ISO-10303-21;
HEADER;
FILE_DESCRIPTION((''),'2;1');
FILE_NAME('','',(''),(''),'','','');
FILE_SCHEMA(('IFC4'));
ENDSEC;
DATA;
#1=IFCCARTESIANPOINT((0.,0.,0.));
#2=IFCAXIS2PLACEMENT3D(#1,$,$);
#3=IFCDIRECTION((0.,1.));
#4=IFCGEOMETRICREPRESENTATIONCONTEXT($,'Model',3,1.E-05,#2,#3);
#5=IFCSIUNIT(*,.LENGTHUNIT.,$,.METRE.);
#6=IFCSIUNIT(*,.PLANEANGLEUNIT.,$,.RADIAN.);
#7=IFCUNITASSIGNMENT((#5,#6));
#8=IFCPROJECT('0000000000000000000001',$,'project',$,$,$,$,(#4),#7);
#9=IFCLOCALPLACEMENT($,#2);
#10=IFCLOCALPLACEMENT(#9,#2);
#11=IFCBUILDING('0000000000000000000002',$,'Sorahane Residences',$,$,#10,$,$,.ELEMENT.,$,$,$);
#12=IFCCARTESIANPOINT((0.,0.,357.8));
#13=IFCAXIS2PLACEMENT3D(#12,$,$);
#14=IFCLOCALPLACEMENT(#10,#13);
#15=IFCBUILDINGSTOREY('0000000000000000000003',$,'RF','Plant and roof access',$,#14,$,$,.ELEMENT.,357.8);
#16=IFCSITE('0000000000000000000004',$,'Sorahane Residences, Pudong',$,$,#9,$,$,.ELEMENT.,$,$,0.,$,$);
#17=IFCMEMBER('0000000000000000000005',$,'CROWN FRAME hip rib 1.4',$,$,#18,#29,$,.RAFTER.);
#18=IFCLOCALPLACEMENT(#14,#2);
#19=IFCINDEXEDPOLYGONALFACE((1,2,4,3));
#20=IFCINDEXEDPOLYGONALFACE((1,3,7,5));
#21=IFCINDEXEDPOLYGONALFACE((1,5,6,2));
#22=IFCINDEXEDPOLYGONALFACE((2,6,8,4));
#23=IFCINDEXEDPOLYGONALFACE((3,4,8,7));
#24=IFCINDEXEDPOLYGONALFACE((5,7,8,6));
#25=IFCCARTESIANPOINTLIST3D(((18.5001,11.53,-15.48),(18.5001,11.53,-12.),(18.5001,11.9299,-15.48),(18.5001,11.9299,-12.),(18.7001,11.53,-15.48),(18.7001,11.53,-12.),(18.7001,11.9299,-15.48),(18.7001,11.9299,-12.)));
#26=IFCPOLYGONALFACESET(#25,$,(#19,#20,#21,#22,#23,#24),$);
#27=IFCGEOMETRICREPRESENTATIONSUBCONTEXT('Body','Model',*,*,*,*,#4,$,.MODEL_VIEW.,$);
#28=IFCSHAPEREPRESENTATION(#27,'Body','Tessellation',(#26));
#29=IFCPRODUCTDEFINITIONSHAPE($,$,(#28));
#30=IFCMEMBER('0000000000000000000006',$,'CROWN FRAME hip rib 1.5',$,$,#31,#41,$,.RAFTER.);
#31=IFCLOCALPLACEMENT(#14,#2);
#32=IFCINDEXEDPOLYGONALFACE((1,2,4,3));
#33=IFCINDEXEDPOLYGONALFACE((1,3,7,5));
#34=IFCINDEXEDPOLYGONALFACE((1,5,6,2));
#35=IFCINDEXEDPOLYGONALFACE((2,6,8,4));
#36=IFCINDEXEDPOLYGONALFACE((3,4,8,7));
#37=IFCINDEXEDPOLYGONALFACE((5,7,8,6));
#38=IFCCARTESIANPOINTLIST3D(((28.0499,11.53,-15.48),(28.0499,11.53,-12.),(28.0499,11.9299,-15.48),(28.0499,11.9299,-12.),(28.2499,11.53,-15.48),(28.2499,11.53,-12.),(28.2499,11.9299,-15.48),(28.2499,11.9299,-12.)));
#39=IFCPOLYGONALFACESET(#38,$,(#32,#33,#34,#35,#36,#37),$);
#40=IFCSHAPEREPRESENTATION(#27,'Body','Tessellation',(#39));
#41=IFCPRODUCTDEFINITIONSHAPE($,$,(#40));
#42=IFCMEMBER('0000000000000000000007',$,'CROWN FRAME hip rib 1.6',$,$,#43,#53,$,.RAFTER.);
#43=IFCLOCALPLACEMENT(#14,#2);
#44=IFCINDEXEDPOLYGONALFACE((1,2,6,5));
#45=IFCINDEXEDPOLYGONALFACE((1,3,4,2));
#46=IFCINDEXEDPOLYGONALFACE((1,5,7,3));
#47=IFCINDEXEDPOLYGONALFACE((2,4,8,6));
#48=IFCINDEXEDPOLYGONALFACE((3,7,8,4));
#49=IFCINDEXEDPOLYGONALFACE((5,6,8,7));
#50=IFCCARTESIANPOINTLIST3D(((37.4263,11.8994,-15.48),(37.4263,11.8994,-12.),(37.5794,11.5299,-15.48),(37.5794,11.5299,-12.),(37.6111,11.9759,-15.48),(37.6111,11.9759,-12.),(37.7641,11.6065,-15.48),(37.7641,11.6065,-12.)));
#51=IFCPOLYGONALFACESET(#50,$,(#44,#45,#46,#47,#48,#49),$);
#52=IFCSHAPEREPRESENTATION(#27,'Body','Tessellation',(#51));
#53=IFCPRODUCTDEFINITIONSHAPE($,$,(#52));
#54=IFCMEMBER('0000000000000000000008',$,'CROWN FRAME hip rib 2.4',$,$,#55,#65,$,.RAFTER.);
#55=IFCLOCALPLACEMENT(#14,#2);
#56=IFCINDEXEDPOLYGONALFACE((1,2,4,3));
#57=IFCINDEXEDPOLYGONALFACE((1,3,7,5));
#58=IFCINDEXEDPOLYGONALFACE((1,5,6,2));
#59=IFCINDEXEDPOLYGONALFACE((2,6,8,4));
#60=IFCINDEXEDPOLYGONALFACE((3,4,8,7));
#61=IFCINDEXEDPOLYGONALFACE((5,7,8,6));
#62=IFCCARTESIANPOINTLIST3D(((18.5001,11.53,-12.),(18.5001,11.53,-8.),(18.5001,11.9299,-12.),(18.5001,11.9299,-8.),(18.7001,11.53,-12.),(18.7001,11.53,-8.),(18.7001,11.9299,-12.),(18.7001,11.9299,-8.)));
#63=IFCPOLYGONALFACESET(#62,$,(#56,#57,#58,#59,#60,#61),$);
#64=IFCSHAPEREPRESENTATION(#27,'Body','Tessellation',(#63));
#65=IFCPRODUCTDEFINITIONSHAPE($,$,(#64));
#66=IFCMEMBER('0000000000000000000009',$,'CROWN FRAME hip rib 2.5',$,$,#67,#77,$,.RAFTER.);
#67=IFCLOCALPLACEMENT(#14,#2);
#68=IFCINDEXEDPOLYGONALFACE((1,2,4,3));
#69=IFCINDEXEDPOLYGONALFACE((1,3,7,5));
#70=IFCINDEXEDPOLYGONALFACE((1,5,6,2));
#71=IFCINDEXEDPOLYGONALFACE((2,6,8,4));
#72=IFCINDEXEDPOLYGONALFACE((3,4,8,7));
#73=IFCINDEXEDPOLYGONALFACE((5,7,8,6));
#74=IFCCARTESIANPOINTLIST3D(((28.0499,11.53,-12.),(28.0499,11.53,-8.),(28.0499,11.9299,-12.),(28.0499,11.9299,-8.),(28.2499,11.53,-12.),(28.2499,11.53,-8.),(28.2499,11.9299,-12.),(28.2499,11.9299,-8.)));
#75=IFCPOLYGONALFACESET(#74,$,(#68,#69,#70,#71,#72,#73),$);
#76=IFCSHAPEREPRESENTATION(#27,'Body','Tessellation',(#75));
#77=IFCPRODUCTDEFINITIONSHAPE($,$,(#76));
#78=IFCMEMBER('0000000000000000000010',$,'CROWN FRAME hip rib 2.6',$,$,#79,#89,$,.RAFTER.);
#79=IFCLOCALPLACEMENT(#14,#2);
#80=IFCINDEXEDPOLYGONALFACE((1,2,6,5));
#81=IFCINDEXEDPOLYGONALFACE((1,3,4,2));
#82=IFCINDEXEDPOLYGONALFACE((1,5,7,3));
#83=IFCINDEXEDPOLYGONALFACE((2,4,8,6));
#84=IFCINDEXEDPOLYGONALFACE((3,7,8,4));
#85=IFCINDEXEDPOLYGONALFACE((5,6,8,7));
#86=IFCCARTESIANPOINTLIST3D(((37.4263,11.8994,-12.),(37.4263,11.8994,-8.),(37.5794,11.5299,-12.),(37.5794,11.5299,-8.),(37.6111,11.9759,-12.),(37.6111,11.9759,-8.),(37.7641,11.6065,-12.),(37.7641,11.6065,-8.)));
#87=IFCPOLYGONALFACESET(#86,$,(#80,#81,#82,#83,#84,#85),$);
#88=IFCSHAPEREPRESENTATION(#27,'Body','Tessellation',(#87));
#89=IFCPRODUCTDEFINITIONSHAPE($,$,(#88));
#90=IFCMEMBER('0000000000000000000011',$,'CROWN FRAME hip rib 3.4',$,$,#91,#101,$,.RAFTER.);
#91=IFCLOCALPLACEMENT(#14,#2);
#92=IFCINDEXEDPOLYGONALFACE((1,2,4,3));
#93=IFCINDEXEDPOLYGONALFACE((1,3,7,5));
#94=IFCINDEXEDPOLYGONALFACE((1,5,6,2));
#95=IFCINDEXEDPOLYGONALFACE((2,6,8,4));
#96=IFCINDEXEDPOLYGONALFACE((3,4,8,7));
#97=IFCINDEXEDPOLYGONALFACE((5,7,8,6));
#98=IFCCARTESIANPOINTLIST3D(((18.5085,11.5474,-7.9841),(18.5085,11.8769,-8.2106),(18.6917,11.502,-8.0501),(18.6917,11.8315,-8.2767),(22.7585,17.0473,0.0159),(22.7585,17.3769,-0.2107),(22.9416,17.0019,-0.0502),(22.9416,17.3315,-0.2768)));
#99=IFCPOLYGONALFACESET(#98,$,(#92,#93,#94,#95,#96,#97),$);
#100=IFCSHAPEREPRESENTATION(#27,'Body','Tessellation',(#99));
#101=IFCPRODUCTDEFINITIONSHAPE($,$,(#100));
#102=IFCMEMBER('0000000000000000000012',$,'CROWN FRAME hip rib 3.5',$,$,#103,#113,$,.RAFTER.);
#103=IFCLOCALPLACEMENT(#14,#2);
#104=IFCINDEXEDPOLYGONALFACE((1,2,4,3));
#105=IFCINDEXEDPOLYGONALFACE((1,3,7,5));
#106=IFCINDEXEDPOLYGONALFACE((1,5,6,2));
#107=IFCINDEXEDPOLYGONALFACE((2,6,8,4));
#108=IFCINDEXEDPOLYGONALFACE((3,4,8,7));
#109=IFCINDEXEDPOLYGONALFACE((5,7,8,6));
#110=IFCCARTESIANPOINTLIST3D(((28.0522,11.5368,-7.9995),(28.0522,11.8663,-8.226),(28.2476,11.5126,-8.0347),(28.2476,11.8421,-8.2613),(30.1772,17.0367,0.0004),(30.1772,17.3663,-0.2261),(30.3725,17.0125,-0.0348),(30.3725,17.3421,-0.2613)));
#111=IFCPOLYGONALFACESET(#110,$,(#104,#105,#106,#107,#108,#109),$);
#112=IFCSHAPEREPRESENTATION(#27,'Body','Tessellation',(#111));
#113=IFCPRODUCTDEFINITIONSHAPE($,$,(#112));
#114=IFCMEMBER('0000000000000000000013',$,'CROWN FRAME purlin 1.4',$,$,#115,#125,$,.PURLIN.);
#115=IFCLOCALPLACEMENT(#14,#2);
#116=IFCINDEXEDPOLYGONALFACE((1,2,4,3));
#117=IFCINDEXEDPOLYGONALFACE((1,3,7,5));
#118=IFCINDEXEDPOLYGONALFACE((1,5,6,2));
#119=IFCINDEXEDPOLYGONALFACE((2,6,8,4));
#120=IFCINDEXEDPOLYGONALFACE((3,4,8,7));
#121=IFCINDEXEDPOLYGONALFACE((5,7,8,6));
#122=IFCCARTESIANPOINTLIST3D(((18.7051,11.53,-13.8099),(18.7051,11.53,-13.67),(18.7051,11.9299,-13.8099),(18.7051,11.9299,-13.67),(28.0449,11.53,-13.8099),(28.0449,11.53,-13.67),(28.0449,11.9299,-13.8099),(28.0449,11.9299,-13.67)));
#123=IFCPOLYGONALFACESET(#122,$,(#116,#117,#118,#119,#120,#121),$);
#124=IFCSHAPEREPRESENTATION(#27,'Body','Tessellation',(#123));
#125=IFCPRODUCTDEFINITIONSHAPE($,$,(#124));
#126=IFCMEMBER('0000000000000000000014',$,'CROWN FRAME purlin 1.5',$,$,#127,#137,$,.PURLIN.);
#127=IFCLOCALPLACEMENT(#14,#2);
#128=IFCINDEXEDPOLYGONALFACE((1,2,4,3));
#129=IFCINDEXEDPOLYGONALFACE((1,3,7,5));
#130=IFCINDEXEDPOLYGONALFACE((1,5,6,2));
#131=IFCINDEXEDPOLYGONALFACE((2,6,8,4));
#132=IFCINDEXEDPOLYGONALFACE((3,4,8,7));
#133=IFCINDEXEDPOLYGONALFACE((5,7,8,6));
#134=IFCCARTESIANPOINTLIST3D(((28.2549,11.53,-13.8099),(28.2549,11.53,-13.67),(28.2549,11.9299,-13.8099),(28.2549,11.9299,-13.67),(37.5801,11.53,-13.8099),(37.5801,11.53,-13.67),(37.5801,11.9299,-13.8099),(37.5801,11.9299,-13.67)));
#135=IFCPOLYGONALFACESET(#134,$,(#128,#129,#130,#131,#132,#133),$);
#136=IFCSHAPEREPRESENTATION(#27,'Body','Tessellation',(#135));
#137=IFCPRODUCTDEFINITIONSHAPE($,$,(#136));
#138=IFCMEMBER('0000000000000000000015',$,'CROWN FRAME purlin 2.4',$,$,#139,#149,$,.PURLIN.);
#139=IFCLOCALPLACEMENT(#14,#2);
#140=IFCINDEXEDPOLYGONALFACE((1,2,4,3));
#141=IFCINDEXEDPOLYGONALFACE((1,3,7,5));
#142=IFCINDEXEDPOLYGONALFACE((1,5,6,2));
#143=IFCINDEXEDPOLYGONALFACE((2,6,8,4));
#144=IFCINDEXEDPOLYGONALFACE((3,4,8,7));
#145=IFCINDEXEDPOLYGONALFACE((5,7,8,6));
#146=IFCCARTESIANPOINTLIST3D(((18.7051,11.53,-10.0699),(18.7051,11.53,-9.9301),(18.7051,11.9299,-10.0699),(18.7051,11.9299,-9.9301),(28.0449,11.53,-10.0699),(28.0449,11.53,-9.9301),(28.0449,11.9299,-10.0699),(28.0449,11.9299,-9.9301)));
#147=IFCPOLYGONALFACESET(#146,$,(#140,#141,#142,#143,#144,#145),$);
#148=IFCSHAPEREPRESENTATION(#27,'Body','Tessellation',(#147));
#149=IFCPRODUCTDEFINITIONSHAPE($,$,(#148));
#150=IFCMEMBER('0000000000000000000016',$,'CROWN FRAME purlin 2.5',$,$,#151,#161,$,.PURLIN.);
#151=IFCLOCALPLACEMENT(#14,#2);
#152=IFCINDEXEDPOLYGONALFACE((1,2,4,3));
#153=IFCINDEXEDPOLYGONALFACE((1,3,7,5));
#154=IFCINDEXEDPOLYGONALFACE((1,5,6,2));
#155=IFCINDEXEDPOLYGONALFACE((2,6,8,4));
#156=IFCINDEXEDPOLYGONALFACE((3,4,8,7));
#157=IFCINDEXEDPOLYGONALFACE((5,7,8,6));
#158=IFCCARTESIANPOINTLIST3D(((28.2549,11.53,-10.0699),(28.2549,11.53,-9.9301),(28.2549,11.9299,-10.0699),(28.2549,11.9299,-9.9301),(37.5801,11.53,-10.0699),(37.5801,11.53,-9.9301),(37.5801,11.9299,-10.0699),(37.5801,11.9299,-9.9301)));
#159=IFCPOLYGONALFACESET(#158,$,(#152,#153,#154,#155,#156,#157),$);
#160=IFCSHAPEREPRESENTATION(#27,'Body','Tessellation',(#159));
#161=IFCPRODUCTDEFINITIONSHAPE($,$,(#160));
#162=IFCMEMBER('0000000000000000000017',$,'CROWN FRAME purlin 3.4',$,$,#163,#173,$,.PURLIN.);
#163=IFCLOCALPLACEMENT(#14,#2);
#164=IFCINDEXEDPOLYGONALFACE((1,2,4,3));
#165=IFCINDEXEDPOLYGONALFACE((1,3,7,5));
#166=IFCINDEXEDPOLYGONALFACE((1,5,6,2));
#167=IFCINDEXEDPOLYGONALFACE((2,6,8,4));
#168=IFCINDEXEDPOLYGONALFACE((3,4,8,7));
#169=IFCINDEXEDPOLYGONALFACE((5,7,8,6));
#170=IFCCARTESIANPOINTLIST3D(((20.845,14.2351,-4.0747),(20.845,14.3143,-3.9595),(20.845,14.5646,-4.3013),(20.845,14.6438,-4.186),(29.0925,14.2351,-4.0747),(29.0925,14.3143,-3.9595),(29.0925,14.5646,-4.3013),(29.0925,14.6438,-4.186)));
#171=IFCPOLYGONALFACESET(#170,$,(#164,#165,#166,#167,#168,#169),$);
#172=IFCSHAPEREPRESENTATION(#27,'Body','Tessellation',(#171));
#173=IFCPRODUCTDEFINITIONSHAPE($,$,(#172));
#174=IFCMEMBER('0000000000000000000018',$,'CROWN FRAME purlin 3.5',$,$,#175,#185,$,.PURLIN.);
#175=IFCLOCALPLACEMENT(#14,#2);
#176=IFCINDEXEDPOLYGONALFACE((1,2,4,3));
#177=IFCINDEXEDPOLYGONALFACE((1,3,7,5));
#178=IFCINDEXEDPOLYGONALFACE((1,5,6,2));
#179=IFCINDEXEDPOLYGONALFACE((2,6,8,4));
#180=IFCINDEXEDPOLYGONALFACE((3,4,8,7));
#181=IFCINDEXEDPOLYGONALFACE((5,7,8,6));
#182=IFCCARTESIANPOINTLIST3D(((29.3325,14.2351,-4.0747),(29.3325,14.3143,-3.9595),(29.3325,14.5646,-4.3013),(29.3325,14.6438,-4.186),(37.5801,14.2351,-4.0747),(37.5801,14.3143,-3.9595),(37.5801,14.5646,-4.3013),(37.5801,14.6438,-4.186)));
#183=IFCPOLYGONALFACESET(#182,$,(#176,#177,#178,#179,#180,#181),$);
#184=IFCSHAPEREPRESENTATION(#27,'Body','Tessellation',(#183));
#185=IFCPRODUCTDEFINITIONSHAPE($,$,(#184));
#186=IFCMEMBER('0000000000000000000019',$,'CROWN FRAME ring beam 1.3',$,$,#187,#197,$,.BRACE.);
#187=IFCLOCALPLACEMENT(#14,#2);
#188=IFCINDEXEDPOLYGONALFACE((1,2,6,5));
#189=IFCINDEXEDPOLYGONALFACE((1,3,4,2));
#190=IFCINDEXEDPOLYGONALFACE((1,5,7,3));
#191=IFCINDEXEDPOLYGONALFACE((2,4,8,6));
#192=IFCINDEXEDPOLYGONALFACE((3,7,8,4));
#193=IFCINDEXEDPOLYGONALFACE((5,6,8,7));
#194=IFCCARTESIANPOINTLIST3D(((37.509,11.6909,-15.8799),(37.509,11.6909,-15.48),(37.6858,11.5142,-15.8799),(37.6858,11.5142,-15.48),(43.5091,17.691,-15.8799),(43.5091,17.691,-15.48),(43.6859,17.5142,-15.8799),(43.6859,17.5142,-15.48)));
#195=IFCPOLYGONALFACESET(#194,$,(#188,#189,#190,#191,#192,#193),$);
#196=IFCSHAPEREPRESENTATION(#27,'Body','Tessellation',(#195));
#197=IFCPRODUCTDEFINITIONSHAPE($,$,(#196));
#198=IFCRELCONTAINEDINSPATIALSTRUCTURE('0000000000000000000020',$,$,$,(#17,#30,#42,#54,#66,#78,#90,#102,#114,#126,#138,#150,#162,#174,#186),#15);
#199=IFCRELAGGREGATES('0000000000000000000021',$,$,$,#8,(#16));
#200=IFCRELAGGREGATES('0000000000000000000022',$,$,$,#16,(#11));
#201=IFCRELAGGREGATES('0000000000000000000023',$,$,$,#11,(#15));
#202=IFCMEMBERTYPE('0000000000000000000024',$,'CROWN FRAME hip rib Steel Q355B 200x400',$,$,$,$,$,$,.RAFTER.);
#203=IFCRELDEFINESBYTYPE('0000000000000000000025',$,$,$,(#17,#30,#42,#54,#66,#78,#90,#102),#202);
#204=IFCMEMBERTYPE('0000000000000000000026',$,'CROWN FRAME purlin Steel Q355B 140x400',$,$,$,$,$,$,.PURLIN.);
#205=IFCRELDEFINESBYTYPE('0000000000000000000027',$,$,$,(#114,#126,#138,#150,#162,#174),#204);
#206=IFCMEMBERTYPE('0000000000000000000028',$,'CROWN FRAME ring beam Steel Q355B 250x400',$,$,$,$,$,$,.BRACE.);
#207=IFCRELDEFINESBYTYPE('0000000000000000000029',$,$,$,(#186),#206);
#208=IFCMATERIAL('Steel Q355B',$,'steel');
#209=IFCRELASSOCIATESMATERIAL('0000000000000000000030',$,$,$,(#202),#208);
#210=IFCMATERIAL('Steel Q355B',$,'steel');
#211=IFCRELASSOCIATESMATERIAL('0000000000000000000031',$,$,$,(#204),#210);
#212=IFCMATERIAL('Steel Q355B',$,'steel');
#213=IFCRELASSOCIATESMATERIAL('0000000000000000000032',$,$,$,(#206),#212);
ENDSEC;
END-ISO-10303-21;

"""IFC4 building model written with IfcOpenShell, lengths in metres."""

from ifc_helpers import new_model, si_unit, direction, frame, origin, origin_2d, place, context, subcontext, project, spatial, rectangle, extrude, material, material_profile, profile_set, type_object, element, save


model = new_model("IFC4")

# Units and contexts
model_context = context("Model", 3, precision=1e-05, world=origin(), true_north=direction((0.0, 1.0)))
body_context = subcontext(model_context, "Body", "Model", "MODEL_VIEW")
ifc_project = project(units=[si_unit("LENGTHUNIT", "METRE"), si_unit("PLANEANGLEUNIT", "RADIAN")], contexts=[model_context])

# Site, building, storey
site_placement = place(None, origin())
site = spatial("IfcSite", under=ifc_project, at=site_placement, Name="Sorahane Residences, Pudong", CompositionType="ELEMENT", RefElevation=0.0)
building_placement = place(site_placement, origin())
building = spatial("IfcBuilding", under=site, at=building_placement, Name="Sorahane Residences", CompositionType="ELEMENT")
storey_placement = place(building_placement, frame((0.0, 0.0, 357.8)))
storey = spatial("IfcBuildingStorey", under=building, at=storey_placement, Name="RF", Description="Plant and roof access", CompositionType="ELEMENT", Elevation=357.8)

# Members
ifc_material_1 = material(Name="Steel Q355B", Category="steel")
ifc_material_profile_1 = material_profile(ifc_material_1, rectangle(XDim=0.2, YDim=0.3999, at=origin_2d()), Name="CROWN FRAME hip rib Steel Q355B 200x400")
ifc_profile_set_1 = profile_set([ifc_material_profile_1], Name="Steel Q355B")
member_type_1 = type_object("IfcMemberType", Name="CROWN FRAME hip rib Steel Q355B 200x400", PredefinedType="RAFTER", material=ifc_profile_set_1)
for number, where, z_axis, x_axis, name in (
    (1, (18.6001, 11.73, -15.48), (0.0, 0.0, 1.0), (-1.0, 0.0, 0.0), "CROWN FRAME hip rib 1.4"),
    (2, (28.1499, 11.73, -15.48), (0.0, 0.0, 1.0), (-1.0, 0.0, 0.0), "CROWN FRAME hip rib 1.5"),
    (3, (37.5952, 11.7529, -15.48), (0.0, 0.0, 1.0), (-0.92388, -0.382683, 0.0), "CROWN FRAME hip rib 1.6"),
):
    element("IfcMember", number, at=place(storey_placement, frame(where, z_axis=z_axis, x_axis=x_axis)), inside=storey, type_object=member_type_1, Name=name, PredefinedType="RAFTER", context=body_context, shape_type="SweptSolid", body=[
        extrude(rectangle(XDim=0.2, YDim=0.3999, at=origin_2d()), origin(), (0.0, 0.0, 1.0), 3.48),
    ])
for number, where, z_axis, x_axis, name in (
    (4, (18.6001, 11.73, -12.0), (0.0, 0.0, 1.0), (-1.0, 0.0, 0.0), "CROWN FRAME hip rib 2.4"),
    (5, (28.1499, 11.73, -12.0), (0.0, 0.0, 1.0), (-1.0, 0.0, 0.0), "CROWN FRAME hip rib 2.5"),
    (6, (37.5952, 11.7529, -12.0), (0.0, 0.0, 1.0), (-0.92388, -0.382683, 0.0), "CROWN FRAME hip rib 2.6"),
):
    element("IfcMember", number, at=place(storey_placement, frame(where, z_axis=z_axis, x_axis=x_axis)), inside=storey, type_object=member_type_1, Name=name, PredefinedType="RAFTER", context=body_context, shape_type="SweptSolid", body=[
        extrude(rectangle(XDim=0.2, YDim=0.3999, at=origin_2d()), origin(), (0.0, 0.0, 1.0), 4.0),
    ])
member_1_placement = place(storey_placement, frame((18.6001, 11.6895, -8.1304), z_axis=(0.401028, 0.518978, 0.754877), x_axis=(-0.916066, 0.227194, 0.330464)))
element("IfcMember", 7, at=member_1_placement, inside=storey, type_object=member_type_1, Name="CROWN FRAME hip rib 3.4", PredefinedType="RAFTER", context=body_context, shape_type="SweptSolid", body=[
    extrude(rectangle(XDim=0.2, YDim=0.3999, at=origin_2d()), origin(), (0.0, 0.0, 1.0), 10.5977),
])
member_2_placement = place(storey_placement, frame((28.1499, 11.6895, -8.1304), z_axis=(0.213824, 0.553426, 0.804984), x_axis=(-0.976872, 0.121137, 0.1762)))
element("IfcMember", 8, at=member_2_placement, inside=storey, type_object=member_type_1, Name="CROWN FRAME hip rib 3.5", PredefinedType="RAFTER", context=body_context, shape_type="SweptSolid", body=[
    extrude(rectangle(XDim=0.2, YDim=0.3999, at=origin_2d()), origin(), (0.0, 0.0, 1.0), 9.938),
])
ifc_material_2 = material(Name="Steel Q355B", Category="steel")
ifc_material_profile_2 = material_profile(ifc_material_2, rectangle(XDim=0.1399, YDim=0.3999, at=origin_2d()), Name="CROWN FRAME purlin Steel Q355B 140x400")
ifc_profile_set_2 = profile_set([ifc_material_profile_2], Name="Steel Q355B")
member_type_2 = type_object("IfcMemberType", Name="CROWN FRAME purlin Steel Q355B 140x400", PredefinedType="PURLIN", material=ifc_profile_set_2)
member_3_placement = place(storey_placement, frame((18.7051, 11.73, -13.74), z_axis=(1.0, 0.0, 0.0), x_axis=(0.0, 0.0, 1.0)))
element("IfcMember", 9, at=member_3_placement, inside=storey, type_object=member_type_2, Name="CROWN FRAME purlin 1.4", PredefinedType="PURLIN", context=body_context, shape_type="SweptSolid", body=[
    extrude(rectangle(XDim=0.1399, YDim=0.3999, at=origin_2d()), origin(), (0.0, 0.0, 1.0), 9.3398),
])
member_4_placement = place(storey_placement, frame((28.2549, 11.73, -13.74), z_axis=(1.0, 0.0, 0.0), x_axis=(0.0, 0.0, 1.0)))
element("IfcMember", 10, at=member_4_placement, inside=storey, type_object=member_type_2, Name="CROWN FRAME purlin 1.5", PredefinedType="PURLIN", context=body_context, shape_type="SweptSolid", body=[
    extrude(rectangle(XDim=0.1399, YDim=0.3999, at=origin_2d()), origin(), (0.0, 0.0, 1.0), 9.3252),
])
member_5_placement = place(storey_placement, frame((18.7051, 11.73, -10.0), z_axis=(1.0, 0.0, 0.0), x_axis=(0.0, 0.0, 1.0)))
element("IfcMember", 11, at=member_5_placement, inside=storey, type_object=member_type_2, Name="CROWN FRAME purlin 2.4", PredefinedType="PURLIN", context=body_context, shape_type="SweptSolid", body=[
    extrude(rectangle(XDim=0.1399, YDim=0.3999, at=origin_2d()), origin(), (0.0, 0.0, 1.0), 9.3398),
])
member_6_placement = place(storey_placement, frame((28.2549, 11.73, -10.0), z_axis=(1.0, 0.0, 0.0), x_axis=(0.0, 0.0, 1.0)))
element("IfcMember", 12, at=member_6_placement, inside=storey, type_object=member_type_2, Name="CROWN FRAME purlin 2.5", PredefinedType="PURLIN", context=body_context, shape_type="SweptSolid", body=[
    extrude(rectangle(XDim=0.1399, YDim=0.3999, at=origin_2d()), origin(), (0.0, 0.0, 1.0), 9.3252),
])
for number, where, z_axis, x_axis, name in (
    (13, (20.845, 14.4395, -4.1304), (1.0, 0.0, 0.0), (0.0, 0.566528, 0.824042), "CROWN FRAME purlin 3.4"),
    (14, (29.3325, 14.4395, -4.1304), (1.0, 0.0, 0.0), (0.0, 0.566528, 0.824042), "CROWN FRAME purlin 3.5"),
):
    element("IfcMember", number, at=place(storey_placement, frame(where, z_axis=z_axis, x_axis=x_axis)), inside=storey, type_object=member_type_2, Name=name, PredefinedType="PURLIN", context=body_context, shape_type="SweptSolid", body=[
        extrude(rectangle(XDim=0.1399, YDim=0.3999, at=origin_2d()), origin(), (0.0, 0.0, 1.0), 8.2476),
    ])
ifc_material_3 = material(Name="Steel Q355B", Category="steel")
ifc_material_profile_3 = material_profile(ifc_material_3, rectangle(XDim=0.25, YDim=0.3999, at=origin_2d()), Name="CROWN FRAME ring beam Steel Q355B 250x400")
ifc_profile_set_3 = profile_set([ifc_material_profile_3], Name="Steel Q355B")
member_type_3 = type_object("IfcMemberType", Name="CROWN FRAME ring beam Steel Q355B 250x400", PredefinedType="BRACE", material=ifc_profile_set_3)
member_7_placement = place(storey_placement, frame((37.5974, 11.6025, -15.6799), z_axis=(0.707107, 0.707107, 0.0), x_axis=(-0.707107, 0.707107, 0.0)))
element("IfcMember", 15, at=member_7_placement, inside=storey, type_object=member_type_3, Name="CROWN FRAME ring beam 1.3", PredefinedType="BRACE", context=body_context, shape_type="SweptSolid", body=[
    extrude(rectangle(XDim=0.25, YDim=0.3999, at=origin_2d()), origin(), (0.0, 0.0, 1.0), 8.4854),
])

save(model, "model.ifc")
